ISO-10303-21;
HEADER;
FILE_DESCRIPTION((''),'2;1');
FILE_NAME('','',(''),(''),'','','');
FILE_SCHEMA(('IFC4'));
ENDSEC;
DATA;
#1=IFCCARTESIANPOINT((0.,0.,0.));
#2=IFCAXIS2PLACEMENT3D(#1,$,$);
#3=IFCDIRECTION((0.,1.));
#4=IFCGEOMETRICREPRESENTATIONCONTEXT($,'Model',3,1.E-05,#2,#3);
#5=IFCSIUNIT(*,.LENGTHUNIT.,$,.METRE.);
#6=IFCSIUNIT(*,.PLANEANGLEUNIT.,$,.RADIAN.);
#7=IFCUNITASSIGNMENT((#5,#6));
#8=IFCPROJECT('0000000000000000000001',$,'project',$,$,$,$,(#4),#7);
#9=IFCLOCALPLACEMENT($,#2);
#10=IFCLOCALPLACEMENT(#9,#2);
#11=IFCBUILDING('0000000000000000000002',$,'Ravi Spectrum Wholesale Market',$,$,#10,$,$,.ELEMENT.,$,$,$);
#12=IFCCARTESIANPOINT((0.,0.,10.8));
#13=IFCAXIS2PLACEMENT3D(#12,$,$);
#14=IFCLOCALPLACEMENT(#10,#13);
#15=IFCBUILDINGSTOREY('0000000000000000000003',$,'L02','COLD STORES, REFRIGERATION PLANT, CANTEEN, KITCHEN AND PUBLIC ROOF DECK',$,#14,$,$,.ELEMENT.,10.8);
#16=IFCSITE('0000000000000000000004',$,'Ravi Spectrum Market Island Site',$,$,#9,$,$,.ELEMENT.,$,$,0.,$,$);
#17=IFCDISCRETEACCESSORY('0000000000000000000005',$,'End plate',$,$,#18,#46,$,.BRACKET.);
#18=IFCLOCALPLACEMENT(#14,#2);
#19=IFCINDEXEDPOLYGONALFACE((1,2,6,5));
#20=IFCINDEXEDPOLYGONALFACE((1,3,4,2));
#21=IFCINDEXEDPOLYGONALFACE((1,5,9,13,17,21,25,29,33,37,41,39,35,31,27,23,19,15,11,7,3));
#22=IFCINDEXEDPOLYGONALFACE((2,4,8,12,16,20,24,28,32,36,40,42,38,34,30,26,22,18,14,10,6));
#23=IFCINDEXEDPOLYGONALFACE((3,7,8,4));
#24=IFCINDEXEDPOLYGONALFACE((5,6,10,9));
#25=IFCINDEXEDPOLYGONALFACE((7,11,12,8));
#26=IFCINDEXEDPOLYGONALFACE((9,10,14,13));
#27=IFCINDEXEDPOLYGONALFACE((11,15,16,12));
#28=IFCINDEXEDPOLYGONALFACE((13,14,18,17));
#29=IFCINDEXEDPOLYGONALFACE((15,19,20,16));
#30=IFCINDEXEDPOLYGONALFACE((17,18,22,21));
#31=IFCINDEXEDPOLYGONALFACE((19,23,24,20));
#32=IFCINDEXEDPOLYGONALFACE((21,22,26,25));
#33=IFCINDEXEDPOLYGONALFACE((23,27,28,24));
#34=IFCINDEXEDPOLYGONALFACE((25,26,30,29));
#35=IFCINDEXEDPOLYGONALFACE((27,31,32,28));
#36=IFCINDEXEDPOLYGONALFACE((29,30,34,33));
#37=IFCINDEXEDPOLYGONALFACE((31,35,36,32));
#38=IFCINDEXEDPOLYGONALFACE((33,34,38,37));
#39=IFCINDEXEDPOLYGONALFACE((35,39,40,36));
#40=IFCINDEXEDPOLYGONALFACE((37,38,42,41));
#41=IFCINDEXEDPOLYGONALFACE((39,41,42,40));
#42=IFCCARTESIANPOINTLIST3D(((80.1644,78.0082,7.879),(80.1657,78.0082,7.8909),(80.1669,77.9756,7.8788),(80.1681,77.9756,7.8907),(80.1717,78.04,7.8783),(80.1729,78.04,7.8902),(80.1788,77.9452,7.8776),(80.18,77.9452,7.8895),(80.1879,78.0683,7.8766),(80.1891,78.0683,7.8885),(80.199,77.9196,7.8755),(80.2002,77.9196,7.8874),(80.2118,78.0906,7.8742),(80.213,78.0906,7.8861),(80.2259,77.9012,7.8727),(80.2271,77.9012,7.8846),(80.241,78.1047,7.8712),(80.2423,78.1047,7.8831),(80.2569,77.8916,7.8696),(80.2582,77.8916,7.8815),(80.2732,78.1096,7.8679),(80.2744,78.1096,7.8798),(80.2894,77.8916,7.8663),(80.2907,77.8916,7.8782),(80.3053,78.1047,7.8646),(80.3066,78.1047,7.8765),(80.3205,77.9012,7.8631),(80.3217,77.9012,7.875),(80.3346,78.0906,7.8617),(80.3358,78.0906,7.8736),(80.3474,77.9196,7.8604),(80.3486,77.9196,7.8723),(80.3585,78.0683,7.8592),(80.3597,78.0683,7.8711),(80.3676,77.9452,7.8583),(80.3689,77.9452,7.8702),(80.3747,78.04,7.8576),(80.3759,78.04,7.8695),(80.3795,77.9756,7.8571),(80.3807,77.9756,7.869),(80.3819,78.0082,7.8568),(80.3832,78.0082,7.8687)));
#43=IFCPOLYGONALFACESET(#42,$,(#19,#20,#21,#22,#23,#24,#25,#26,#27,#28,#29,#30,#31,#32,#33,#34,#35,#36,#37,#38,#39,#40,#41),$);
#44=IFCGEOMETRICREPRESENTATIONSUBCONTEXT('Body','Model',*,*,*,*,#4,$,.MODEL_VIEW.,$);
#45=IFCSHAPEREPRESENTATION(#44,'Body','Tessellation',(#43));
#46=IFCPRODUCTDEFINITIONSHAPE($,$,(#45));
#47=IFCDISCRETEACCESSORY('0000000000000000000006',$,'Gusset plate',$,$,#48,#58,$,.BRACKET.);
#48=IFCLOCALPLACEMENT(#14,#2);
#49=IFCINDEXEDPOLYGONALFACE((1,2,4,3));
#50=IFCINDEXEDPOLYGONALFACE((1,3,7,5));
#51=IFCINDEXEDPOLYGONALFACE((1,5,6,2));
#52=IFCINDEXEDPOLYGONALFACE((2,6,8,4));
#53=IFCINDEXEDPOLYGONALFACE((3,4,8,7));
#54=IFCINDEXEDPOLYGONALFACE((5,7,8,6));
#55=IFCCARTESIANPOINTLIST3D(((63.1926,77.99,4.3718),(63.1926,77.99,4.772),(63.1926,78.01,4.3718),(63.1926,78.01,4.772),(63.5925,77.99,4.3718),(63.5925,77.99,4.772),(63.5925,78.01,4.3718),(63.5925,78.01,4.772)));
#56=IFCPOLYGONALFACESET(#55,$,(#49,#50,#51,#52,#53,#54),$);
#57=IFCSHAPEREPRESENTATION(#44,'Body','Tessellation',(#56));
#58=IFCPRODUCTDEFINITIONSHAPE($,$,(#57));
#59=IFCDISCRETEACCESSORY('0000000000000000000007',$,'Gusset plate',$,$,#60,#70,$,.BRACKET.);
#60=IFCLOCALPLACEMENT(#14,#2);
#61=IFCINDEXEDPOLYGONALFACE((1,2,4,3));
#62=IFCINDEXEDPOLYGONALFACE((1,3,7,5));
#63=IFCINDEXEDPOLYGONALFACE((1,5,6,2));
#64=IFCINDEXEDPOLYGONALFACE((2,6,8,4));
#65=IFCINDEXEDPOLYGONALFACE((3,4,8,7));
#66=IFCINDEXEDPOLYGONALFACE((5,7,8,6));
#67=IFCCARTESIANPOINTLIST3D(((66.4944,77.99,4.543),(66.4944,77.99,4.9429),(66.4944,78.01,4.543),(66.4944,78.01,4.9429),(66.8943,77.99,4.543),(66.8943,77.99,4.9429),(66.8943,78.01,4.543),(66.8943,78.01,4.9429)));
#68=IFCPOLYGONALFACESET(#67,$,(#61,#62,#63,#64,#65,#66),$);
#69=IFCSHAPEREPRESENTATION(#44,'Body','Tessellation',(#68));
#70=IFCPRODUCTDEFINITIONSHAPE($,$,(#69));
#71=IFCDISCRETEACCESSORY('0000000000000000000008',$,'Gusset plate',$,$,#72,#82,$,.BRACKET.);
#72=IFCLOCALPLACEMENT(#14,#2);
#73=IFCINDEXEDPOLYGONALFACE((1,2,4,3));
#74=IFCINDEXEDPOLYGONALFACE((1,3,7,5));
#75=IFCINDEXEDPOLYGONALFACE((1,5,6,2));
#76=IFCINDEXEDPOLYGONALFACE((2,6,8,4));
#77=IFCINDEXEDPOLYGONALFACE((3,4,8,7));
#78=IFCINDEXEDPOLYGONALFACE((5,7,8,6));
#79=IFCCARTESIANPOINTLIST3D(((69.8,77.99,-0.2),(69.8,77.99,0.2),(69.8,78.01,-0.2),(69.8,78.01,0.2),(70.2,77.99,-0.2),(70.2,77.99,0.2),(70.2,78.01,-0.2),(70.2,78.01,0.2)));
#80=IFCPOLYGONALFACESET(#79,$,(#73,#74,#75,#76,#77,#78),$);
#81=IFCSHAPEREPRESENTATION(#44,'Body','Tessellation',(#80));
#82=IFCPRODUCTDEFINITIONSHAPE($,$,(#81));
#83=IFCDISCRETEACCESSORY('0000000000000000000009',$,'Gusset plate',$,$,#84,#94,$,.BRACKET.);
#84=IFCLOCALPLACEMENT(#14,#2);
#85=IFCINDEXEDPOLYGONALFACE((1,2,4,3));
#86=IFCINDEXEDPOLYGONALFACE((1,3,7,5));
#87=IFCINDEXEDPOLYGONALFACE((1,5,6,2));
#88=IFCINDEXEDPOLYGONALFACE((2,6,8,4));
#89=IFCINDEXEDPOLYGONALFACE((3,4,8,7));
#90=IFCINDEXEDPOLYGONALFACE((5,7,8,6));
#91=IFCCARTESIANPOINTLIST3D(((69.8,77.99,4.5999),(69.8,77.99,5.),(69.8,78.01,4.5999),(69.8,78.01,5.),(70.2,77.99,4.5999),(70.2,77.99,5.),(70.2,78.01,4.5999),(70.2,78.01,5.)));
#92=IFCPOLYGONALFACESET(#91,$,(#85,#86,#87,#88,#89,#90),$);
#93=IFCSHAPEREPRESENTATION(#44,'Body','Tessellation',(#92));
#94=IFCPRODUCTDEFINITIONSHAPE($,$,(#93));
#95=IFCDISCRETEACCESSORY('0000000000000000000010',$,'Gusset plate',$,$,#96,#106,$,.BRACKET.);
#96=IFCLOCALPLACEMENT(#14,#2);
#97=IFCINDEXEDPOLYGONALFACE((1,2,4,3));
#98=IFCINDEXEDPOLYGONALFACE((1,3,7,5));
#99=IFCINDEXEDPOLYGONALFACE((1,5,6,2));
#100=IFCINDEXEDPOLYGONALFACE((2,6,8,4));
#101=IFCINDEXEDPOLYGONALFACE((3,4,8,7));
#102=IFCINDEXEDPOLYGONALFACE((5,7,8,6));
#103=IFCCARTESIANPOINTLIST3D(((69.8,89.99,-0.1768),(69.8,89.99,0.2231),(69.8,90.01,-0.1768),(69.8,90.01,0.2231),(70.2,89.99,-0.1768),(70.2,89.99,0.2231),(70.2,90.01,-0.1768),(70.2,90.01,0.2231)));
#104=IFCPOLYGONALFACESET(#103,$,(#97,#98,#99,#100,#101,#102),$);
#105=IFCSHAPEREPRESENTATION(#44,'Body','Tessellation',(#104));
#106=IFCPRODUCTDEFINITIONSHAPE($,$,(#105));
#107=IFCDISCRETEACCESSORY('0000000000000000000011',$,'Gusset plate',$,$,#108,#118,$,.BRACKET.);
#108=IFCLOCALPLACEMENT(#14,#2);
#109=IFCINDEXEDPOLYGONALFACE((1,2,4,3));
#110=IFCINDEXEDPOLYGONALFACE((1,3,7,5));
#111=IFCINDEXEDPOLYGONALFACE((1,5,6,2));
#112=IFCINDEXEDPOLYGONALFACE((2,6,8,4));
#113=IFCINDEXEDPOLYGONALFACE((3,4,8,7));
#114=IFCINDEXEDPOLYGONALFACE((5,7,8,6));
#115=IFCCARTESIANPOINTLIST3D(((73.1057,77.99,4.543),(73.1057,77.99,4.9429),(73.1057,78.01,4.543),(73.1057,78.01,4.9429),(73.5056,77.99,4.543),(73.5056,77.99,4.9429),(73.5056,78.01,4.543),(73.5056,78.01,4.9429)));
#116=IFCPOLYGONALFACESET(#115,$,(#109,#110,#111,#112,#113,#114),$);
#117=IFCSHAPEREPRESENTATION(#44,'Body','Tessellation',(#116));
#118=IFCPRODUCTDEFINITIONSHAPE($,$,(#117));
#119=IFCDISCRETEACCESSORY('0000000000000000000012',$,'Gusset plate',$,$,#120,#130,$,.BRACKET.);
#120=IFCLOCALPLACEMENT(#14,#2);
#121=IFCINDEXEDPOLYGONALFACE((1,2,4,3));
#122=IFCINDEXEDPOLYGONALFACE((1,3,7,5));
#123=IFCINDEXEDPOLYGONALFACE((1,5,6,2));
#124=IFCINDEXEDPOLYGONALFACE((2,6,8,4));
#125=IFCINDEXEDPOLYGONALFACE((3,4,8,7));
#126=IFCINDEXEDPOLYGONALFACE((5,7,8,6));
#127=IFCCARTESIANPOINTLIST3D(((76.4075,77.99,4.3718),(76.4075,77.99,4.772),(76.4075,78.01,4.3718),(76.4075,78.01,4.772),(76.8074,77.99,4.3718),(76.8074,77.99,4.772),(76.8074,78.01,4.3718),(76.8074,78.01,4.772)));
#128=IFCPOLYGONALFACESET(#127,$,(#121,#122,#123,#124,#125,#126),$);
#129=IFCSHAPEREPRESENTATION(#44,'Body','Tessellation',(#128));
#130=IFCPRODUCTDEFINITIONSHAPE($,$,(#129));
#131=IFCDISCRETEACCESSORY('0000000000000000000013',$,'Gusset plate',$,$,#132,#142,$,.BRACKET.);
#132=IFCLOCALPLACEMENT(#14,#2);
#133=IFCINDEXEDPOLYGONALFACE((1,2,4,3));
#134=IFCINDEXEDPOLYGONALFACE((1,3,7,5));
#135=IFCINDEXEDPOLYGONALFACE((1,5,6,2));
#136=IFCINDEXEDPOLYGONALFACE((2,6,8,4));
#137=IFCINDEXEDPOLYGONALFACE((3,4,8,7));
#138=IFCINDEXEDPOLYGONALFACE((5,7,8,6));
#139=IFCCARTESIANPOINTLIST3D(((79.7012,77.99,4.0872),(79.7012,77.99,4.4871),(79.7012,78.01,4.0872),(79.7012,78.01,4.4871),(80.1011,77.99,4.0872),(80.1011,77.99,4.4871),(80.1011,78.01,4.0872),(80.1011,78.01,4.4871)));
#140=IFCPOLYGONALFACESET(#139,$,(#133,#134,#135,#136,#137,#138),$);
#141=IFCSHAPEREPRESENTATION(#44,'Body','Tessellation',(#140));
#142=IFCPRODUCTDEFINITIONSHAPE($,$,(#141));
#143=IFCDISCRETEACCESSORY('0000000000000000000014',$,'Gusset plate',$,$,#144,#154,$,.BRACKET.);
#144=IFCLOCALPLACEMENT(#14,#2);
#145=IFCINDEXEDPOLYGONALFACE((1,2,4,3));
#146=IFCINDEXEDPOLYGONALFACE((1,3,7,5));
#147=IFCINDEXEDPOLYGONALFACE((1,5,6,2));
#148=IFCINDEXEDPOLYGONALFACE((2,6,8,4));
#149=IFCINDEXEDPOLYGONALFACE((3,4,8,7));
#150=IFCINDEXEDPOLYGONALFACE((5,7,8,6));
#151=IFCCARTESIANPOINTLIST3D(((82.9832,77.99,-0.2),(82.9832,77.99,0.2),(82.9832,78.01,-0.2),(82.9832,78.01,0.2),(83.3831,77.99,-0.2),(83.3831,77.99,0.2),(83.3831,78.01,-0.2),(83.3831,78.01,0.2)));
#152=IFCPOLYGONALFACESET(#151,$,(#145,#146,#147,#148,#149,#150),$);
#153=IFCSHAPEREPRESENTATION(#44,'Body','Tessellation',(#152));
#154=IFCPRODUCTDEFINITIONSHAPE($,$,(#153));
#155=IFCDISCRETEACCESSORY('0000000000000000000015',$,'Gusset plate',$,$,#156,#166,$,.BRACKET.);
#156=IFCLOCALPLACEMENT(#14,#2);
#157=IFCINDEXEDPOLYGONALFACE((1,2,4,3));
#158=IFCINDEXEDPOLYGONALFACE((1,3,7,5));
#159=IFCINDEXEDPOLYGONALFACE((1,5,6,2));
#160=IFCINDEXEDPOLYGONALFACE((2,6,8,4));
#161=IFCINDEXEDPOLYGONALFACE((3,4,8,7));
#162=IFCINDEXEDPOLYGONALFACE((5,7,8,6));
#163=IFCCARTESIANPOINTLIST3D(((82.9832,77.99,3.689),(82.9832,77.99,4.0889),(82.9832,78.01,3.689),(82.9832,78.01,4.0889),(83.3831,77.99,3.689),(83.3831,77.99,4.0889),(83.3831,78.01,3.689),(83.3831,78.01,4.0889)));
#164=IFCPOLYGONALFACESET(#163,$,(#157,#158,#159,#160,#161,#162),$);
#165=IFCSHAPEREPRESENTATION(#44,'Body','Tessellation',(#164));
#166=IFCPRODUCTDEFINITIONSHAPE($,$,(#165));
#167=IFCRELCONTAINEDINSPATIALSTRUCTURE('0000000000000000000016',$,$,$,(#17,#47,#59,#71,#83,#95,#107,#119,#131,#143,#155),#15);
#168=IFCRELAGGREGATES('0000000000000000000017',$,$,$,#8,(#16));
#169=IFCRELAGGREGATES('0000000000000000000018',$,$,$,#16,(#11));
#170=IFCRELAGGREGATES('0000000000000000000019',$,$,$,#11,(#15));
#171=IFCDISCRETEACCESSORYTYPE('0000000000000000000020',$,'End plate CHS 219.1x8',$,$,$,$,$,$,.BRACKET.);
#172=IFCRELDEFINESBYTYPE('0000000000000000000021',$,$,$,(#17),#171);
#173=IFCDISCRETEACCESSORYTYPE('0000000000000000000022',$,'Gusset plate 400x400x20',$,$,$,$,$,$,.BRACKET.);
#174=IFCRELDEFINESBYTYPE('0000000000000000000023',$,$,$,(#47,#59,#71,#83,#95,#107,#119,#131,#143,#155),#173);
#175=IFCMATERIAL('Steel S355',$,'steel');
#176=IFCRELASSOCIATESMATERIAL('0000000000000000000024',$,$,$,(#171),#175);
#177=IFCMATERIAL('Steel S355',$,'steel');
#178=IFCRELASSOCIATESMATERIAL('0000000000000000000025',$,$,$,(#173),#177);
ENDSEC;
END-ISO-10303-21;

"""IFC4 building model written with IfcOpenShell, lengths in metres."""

from ifc_helpers import new_model, si_unit, direction, frame, origin, origin_2d, place, context, subcontext, project, spatial, rectangle, circle, extrude, material, material_profile, profile_set, type_object, element, save


model = new_model("IFC4")

# Units and contexts
model_context = context("Model", 3, precision=1e-05, world=origin(), true_north=direction((0.0, 1.0)))
body_context = subcontext(model_context, "Body", "Model", "MODEL_VIEW")
ifc_project = project(units=[si_unit("LENGTHUNIT", "METRE"), si_unit("PLANEANGLEUNIT", "RADIAN")], contexts=[model_context])

# Site, building, storey
site_placement = place(None, origin())
site = spatial("IfcSite", under=ifc_project, at=site_placement, Name="Ravi Spectrum Market Island Site", CompositionType="ELEMENT", RefElevation=0.0)
building_placement = place(site_placement, origin())
building = spatial("IfcBuilding", under=site, at=building_placement, Name="Ravi Spectrum Wholesale Market", CompositionType="ELEMENT")
storey_placement = place(building_placement, frame((0.0, 0.0, 10.8)))
storey = spatial("IfcBuildingStorey", under=building, at=storey_placement, Name="L02", Description="COLD STORES, REFRIGERATION PLANT, CANTEEN, KITCHEN AND PUBLIC ROOF DECK", CompositionType="ELEMENT", Elevation=10.8)

# Discrete accessories
ifc_material_1 = material(Name="Steel S355", Category="steel")
ifc_material_profile_1 = material_profile(ifc_material_1, circle(Radius=0.1096, at=origin_2d()))
ifc_profile_set_1 = profile_set([ifc_material_profile_1], Name="Steel S355")
discrete_accessory_type_1 = type_object("IfcDiscreteAccessoryType", Name="End plate CHS 219.1x8", PredefinedType="BRACKET", material=ifc_profile_set_1)
for number, where, z_axis, x_axis, name in (
    (1, (80.2732, 78.0, 7.8679), (0.101514, 0.0, 0.994834), (0.0, 1.0, 0.0), "End plate"),
):
    element("IfcDiscreteAccessory", number, at=place(storey_placement, frame(where, z_axis=z_axis, x_axis=x_axis)), inside=storey, type_object=discrete_accessory_type_1, Name=name, PredefinedType="BRACKET", context=body_context, shape_type="SweptSolid", body=[
        extrude(circle(Radius=0.1096, at=origin_2d()), origin(), (0.0, 0.0, 1.0), 0.012),
    ])
ifc_material_2 = material(Name="Steel S355", Category="steel")
ifc_material_profile_2 = material_profile(ifc_material_2, rectangle(XDim=0.3999, YDim=0.02, at=origin_2d()))
ifc_profile_set_2 = profile_set([ifc_material_profile_2], Name="Steel S355")
discrete_accessory_type_2 = type_object("IfcDiscreteAccessoryType", Name="Gusset plate 400x400x20", PredefinedType="BRACKET", material=ifc_profile_set_2)
discrete_accessory_1_placement = place(storey_placement, frame((63.3926, 78.0, 4.3718), z_axis=(0.0, 0.0, 1.0), x_axis=(1.0, 0.0, 0.0)))
element("IfcDiscreteAccessory", 2, at=discrete_accessory_1_placement, inside=storey, type_object=discrete_accessory_type_2, Name="Gusset plate", PredefinedType="BRACKET", context=body_context, shape_type="SweptSolid", body=[
    extrude(rectangle(XDim=0.3999, YDim=0.02, at=origin_2d()), origin(), (0.0, 0.0, 1.0), 0.4001),
])
for number, where, z_axis, x_axis, name in (
    (3, (66.6943, 78.0, 4.543), (0.0, 0.0, 1.0), (1.0, 0.0, 0.0), "Gusset plate"),
    (4, (70.0, 78.0, -0.2), (0.0, 0.0, 1.0), (1.0, 0.0, 0.0), "Gusset plate"),
):
    element("IfcDiscreteAccessory", number, at=place(storey_placement, frame(where, z_axis=z_axis, x_axis=x_axis)), inside=storey, type_object=discrete_accessory_type_2, Name=name, PredefinedType="BRACKET", context=body_context, shape_type="SweptSolid", body=[
        extrude(rectangle(XDim=0.3999, YDim=0.02, at=origin_2d()), origin(), (0.0, 0.0, 1.0), 0.3999),
    ])
discrete_accessory_2_placement = place(storey_placement, frame((70.0, 78.0, 4.5999), z_axis=(0.0, 0.0, 1.0), x_axis=(1.0, 0.0, 0.0)))
element("IfcDiscreteAccessory", 5, at=discrete_accessory_2_placement, inside=storey, type_object=discrete_accessory_type_2, Name="Gusset plate", PredefinedType="BRACKET", context=body_context, shape_type="SweptSolid", body=[
    extrude(rectangle(XDim=0.3999, YDim=0.02, at=origin_2d()), origin(), (0.0, 0.0, 1.0), 0.4001),
])
for number, where, z_axis, x_axis, name in (
    (6, (70.0, 90.0, -0.1768), (0.0, 0.0, 1.0), (1.0, 0.0, 0.0), "Gusset plate"),
    (7, (73.3057, 78.0, 4.543), (0.0, 0.0, 1.0), (-1.0, 0.0, 0.0), "Gusset plate"),
):
    element("IfcDiscreteAccessory", number, at=place(storey_placement, frame(where, z_axis=z_axis, x_axis=x_axis)), inside=storey, type_object=discrete_accessory_type_2, Name=name, PredefinedType="BRACKET", context=body_context, shape_type="SweptSolid", body=[
        extrude(rectangle(XDim=0.3999, YDim=0.02, at=origin_2d()), origin(), (0.0, 0.0, 1.0), 0.3999),
    ])
discrete_accessory_3_placement = place(storey_placement, frame((76.6074, 78.0, 4.3718), z_axis=(0.0, 0.0, 1.0), x_axis=(-1.0, 0.0, 0.0)))
element("IfcDiscreteAccessory", 8, at=discrete_accessory_3_placement, inside=storey, type_object=discrete_accessory_type_2, Name="Gusset plate", PredefinedType="BRACKET", context=body_context, shape_type="SweptSolid", body=[
    extrude(rectangle(XDim=0.3999, YDim=0.02, at=origin_2d()), origin(), (0.0, 0.0, 1.0), 0.4001),
])
for number, where, z_axis, x_axis, name in (
    (9, (79.9011, 78.0, 4.0872), (0.0, 0.0, 1.0), (-1.0, 0.0, 0.0), "Gusset plate"),
    (10, (83.1831, 78.0, -0.2), (0.0, 0.0, 1.0), (1.0, 0.0, 0.0), "Gusset plate"),
    (11, (83.1831, 78.0, 3.689), (0.0, 0.0, 1.0), (-1.0, 0.0, 0.0), "Gusset plate"),
):
    element("IfcDiscreteAccessory", number, at=place(storey_placement, frame(where, z_axis=z_axis, x_axis=x_axis)), inside=storey, type_object=discrete_accessory_type_2, Name=name, PredefinedType="BRACKET", context=body_context, shape_type="SweptSolid", body=[
        extrude(rectangle(XDim=0.3999, YDim=0.02, at=origin_2d()), origin(), (0.0, 0.0, 1.0), 0.3999),
    ])

save(model, "model.ifc")
